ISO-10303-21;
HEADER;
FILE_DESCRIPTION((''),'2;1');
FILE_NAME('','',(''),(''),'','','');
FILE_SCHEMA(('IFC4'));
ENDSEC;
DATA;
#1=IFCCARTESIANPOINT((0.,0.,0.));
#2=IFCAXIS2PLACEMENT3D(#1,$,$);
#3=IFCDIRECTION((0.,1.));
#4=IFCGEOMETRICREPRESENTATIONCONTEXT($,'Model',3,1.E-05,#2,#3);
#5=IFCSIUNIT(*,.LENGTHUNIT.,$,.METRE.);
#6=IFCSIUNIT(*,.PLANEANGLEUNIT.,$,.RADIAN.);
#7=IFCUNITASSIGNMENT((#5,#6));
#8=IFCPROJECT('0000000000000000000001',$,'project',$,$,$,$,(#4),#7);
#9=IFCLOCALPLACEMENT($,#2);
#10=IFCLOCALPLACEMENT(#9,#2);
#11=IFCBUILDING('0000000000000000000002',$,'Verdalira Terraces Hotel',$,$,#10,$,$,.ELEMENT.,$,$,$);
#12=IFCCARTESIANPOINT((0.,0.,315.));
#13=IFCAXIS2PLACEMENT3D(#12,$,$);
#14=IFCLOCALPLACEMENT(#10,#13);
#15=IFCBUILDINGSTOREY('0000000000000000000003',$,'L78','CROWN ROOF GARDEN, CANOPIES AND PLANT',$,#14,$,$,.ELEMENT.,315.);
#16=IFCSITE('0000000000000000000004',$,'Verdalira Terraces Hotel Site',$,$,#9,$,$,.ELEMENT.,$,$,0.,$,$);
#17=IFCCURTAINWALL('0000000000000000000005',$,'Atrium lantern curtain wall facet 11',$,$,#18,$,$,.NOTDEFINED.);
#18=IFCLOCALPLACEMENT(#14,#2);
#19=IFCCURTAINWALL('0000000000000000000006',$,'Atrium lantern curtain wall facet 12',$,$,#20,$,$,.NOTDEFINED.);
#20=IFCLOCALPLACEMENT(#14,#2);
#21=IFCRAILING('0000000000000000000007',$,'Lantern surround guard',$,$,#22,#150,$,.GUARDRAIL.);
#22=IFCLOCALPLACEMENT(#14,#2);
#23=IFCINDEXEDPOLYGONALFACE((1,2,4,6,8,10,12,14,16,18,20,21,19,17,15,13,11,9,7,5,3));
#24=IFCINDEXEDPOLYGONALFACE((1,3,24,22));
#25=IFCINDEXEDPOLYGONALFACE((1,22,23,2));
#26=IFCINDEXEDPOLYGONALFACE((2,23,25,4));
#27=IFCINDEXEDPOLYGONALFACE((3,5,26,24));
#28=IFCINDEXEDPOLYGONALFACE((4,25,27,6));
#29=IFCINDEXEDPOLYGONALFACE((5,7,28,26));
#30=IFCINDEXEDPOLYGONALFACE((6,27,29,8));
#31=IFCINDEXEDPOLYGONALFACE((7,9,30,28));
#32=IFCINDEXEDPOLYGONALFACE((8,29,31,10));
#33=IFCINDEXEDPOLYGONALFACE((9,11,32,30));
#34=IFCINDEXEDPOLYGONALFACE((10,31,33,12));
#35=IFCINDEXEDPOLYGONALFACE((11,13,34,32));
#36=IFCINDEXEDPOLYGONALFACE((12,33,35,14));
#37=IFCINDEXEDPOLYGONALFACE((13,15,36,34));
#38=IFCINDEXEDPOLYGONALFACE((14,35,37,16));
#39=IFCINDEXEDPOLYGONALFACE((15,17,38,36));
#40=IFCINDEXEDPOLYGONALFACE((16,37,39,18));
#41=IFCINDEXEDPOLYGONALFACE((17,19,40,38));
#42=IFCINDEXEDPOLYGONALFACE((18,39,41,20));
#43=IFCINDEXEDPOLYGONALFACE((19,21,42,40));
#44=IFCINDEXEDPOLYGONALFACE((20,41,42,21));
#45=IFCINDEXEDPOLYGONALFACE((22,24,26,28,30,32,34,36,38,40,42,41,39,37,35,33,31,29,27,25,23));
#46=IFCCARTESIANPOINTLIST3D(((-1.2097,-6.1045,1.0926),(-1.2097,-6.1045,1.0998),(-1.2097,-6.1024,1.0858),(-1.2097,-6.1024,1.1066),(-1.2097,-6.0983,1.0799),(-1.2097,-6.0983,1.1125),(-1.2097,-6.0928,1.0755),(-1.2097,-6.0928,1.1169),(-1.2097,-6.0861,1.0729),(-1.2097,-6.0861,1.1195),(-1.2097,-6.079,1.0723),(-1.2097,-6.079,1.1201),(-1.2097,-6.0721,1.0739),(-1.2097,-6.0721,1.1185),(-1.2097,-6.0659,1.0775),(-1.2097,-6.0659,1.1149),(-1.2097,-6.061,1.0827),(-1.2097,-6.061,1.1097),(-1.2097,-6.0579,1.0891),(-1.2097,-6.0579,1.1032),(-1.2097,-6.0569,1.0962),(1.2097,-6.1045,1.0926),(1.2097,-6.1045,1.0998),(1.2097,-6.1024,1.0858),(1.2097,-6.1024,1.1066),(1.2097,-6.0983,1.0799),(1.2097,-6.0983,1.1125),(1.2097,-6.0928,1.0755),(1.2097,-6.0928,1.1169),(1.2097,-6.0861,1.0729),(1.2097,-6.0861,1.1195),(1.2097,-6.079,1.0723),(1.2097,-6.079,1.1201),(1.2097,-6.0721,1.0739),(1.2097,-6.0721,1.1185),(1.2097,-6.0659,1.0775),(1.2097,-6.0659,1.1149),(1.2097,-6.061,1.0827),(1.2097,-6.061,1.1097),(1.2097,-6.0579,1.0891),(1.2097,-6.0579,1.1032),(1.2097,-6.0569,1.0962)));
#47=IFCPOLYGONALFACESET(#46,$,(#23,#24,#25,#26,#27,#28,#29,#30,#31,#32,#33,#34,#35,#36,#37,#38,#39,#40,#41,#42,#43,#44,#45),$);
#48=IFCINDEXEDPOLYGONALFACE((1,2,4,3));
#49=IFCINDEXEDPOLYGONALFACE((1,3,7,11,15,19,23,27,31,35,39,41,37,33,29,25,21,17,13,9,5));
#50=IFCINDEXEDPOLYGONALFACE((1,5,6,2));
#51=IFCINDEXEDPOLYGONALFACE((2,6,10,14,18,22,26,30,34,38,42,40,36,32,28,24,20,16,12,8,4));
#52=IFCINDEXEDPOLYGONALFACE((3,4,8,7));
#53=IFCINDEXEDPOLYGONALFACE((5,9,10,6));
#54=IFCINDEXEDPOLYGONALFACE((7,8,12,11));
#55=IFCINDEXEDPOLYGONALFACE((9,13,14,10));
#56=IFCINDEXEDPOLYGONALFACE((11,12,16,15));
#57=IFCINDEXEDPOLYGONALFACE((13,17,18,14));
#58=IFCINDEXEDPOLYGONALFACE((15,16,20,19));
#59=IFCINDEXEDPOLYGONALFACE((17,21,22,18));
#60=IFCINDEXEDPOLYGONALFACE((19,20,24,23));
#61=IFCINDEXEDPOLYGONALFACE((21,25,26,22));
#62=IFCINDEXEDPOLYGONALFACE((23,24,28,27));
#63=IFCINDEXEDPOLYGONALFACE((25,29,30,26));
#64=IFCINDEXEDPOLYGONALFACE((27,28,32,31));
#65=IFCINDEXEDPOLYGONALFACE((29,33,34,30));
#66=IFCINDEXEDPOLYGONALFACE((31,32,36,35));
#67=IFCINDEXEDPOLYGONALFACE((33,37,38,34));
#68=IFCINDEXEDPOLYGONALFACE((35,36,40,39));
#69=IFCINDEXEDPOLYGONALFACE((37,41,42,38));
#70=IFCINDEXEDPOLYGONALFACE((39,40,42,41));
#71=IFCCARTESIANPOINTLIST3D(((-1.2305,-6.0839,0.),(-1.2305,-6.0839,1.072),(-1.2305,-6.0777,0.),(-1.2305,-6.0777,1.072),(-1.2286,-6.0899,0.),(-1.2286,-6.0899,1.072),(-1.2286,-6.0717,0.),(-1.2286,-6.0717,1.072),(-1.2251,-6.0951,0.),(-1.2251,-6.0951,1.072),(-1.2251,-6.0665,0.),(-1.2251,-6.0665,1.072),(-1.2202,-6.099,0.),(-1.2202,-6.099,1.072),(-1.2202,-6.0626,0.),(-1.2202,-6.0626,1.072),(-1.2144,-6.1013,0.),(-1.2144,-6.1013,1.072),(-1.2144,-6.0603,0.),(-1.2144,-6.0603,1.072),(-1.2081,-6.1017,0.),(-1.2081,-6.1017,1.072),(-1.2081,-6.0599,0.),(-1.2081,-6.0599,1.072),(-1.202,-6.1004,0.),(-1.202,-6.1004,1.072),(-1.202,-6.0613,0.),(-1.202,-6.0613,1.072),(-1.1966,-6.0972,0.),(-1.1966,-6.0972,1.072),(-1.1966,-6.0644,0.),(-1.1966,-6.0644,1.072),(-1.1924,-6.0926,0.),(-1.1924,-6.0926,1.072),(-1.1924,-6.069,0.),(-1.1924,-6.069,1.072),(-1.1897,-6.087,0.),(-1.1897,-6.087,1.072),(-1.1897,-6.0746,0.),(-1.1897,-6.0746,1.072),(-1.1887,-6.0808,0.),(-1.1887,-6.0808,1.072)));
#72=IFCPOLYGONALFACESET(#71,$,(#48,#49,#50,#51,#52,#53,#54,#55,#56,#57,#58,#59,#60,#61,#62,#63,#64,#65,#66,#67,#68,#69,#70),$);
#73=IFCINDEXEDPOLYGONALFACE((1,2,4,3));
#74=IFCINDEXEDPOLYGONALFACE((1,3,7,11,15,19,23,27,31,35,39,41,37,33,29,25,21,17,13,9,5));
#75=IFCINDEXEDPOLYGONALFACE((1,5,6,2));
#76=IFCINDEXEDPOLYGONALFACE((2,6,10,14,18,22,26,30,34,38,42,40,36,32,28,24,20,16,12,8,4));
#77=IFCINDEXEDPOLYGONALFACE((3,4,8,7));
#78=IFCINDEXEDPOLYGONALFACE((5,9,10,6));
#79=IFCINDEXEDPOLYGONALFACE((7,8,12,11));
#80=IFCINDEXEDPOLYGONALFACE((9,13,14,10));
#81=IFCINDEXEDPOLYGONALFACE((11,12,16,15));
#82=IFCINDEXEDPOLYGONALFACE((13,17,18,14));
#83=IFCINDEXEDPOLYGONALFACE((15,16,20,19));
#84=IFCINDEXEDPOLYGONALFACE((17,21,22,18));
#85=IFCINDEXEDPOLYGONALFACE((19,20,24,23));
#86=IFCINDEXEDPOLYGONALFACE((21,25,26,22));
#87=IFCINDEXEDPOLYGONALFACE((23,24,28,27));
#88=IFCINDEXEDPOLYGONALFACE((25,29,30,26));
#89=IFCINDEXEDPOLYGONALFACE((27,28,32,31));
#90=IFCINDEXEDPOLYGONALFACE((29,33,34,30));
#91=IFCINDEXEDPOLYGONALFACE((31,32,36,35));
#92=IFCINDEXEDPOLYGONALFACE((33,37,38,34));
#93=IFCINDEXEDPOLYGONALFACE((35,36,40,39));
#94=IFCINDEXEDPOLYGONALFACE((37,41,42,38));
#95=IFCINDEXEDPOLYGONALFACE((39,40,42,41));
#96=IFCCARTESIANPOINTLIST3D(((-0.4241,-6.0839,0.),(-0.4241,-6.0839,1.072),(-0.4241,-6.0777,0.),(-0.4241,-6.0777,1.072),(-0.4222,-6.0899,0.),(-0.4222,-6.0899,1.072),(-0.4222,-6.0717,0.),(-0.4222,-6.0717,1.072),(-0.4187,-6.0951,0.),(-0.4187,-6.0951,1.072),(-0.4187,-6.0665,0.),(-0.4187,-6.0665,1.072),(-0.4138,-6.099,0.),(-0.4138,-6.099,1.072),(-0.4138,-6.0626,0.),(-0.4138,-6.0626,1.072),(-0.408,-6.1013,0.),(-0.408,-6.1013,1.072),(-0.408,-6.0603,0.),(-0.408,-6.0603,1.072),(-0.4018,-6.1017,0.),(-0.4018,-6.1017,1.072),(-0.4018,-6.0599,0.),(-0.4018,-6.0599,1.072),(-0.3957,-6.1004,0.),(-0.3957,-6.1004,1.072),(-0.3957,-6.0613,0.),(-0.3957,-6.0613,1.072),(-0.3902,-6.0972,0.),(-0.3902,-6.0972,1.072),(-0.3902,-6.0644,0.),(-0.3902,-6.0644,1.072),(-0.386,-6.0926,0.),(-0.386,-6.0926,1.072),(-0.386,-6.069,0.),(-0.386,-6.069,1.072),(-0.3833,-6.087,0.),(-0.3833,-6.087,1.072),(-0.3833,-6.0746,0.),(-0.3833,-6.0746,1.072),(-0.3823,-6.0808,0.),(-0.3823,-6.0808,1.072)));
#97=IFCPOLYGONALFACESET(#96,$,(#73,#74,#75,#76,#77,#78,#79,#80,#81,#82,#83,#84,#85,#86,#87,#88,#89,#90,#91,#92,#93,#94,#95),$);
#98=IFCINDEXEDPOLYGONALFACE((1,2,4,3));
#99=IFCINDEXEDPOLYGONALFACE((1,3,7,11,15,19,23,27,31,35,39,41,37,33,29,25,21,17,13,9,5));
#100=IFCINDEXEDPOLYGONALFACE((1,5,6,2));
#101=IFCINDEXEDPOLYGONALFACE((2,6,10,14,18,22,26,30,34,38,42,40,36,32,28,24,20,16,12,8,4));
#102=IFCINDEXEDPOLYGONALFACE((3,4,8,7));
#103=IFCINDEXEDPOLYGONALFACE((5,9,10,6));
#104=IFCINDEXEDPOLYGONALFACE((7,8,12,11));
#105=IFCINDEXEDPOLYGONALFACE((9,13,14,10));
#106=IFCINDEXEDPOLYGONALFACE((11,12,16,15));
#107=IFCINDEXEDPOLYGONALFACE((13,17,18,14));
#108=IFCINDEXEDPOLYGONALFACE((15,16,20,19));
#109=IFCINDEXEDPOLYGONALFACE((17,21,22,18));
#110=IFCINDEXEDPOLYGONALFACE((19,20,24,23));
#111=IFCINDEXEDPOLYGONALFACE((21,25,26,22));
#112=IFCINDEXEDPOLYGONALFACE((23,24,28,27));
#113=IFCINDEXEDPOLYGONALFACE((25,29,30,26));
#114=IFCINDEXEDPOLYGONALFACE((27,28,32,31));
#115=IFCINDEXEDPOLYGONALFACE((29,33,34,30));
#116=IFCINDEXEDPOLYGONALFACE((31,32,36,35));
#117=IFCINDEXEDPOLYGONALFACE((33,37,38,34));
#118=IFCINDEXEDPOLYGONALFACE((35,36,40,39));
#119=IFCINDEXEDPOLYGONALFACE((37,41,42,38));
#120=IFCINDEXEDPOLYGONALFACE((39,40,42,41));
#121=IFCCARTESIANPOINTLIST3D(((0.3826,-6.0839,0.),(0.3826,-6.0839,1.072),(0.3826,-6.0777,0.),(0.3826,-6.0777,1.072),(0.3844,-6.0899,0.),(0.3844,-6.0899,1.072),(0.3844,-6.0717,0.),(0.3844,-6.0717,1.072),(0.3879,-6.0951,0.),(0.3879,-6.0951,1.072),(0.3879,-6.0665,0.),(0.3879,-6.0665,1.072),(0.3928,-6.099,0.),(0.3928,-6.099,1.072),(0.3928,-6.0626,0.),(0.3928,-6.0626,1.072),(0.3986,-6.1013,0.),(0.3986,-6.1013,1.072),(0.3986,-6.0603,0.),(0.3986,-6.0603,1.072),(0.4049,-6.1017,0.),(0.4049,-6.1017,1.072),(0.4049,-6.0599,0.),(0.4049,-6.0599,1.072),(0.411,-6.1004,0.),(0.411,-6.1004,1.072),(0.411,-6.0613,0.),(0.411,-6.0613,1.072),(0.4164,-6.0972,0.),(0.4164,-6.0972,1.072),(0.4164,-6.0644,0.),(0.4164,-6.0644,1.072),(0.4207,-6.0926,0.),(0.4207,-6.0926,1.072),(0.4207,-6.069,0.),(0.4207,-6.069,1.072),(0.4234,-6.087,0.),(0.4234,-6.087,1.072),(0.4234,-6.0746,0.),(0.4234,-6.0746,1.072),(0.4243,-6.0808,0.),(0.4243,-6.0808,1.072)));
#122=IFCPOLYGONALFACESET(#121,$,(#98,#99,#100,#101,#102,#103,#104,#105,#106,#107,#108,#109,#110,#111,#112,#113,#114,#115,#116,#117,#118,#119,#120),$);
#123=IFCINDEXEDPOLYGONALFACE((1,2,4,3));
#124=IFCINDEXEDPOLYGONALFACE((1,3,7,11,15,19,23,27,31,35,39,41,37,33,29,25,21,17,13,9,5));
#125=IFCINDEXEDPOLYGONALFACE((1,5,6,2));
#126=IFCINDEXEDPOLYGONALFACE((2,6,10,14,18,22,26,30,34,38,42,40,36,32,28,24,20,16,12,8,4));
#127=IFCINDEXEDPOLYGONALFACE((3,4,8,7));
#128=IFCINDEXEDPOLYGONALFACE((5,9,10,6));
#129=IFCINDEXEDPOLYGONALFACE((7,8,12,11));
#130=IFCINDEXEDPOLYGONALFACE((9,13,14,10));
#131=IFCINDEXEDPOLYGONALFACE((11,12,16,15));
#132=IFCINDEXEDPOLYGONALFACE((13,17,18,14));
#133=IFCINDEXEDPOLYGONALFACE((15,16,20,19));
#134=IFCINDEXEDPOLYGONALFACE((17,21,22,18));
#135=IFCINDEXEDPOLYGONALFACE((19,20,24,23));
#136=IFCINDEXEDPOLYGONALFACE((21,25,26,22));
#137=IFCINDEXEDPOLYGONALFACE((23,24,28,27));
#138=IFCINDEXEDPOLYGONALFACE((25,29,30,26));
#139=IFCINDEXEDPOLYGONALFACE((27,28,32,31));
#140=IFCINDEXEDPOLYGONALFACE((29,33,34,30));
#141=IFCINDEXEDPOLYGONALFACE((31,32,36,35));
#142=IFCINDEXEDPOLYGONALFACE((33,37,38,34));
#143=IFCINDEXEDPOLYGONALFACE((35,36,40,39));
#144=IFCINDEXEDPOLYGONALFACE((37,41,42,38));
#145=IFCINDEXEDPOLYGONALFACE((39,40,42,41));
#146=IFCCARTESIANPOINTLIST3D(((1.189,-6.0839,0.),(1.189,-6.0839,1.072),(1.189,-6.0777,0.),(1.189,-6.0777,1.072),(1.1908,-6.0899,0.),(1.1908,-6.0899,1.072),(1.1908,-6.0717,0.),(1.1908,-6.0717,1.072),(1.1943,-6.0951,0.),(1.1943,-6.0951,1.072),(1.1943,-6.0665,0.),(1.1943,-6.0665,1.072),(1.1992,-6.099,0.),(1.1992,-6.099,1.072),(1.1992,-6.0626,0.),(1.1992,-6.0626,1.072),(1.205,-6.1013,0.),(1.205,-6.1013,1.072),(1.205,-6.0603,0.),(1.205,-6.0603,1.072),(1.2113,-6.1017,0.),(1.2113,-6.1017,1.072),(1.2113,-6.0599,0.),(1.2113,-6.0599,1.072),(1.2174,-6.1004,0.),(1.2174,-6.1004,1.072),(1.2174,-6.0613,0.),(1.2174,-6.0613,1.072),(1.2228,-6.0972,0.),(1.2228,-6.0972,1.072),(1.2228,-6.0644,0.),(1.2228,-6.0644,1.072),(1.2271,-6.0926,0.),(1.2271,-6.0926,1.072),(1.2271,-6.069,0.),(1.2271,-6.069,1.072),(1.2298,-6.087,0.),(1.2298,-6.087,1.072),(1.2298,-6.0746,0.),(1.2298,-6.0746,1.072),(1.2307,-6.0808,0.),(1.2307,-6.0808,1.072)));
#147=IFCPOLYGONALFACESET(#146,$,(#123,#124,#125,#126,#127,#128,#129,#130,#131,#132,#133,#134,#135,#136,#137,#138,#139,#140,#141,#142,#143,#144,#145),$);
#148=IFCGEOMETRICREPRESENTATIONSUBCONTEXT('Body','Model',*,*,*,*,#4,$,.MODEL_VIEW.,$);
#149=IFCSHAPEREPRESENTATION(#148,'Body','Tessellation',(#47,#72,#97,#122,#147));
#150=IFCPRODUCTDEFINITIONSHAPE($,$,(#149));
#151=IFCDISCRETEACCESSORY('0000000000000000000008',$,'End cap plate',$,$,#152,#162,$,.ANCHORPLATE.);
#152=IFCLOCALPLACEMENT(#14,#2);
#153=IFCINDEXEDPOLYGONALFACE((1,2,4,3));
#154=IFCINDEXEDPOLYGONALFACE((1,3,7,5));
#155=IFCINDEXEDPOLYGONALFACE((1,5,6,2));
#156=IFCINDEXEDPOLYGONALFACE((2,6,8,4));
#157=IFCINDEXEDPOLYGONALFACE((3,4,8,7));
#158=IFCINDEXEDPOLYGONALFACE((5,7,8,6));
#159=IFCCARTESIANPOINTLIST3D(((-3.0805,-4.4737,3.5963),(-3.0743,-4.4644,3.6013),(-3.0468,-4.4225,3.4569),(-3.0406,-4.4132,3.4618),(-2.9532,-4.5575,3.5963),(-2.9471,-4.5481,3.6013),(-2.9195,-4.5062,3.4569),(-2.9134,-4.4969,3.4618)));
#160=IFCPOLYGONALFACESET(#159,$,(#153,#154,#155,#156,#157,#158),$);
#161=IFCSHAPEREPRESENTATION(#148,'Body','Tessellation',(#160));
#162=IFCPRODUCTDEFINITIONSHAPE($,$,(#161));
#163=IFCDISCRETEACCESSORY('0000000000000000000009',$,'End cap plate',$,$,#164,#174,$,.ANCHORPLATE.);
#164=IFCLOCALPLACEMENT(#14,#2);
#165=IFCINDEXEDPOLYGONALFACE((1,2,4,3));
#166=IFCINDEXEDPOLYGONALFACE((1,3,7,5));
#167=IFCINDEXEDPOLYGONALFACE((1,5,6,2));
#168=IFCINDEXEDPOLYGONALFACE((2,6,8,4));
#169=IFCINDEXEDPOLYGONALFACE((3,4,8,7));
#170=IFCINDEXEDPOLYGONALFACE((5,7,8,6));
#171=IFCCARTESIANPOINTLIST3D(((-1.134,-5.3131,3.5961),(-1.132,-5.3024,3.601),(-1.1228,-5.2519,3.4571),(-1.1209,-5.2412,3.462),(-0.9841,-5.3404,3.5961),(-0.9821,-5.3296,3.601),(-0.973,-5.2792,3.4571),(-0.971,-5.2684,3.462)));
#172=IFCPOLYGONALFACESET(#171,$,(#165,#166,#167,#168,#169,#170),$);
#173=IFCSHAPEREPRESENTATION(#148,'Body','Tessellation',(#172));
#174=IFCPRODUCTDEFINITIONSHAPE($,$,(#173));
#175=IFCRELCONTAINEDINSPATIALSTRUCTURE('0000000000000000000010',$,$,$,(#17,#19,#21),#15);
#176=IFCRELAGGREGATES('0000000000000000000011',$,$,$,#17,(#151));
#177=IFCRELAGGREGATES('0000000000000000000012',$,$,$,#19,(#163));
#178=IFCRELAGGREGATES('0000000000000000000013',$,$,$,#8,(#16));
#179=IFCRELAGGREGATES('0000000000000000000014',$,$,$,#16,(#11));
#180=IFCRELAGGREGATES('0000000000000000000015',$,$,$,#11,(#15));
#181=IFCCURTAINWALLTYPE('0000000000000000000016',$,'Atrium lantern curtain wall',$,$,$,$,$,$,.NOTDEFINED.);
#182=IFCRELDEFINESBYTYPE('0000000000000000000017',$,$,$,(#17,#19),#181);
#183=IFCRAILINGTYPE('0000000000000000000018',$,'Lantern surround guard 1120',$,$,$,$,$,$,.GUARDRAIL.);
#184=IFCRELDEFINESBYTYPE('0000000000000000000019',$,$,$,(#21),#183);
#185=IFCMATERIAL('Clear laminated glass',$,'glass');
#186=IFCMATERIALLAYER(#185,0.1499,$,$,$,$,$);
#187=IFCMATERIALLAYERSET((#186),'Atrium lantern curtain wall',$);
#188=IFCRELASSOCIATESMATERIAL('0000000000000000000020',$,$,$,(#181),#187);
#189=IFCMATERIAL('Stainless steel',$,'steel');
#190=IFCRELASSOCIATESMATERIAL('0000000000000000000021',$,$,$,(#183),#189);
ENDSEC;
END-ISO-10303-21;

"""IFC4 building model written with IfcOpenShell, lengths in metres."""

from ifc_helpers import new_model, si_unit, direction, frame, origin, origin_2d, place, context, subcontext, project, spatial, rectangle, circle, extrude, material, layer, layer_set, type_object, element, aggregate, save


model = new_model("IFC4")

# Units and contexts
model_context = context("Model", 3, precision=1e-05, world=origin(), true_north=direction((0.0, 1.0)))
body_context = subcontext(model_context, "Body", "Model", "MODEL_VIEW")
ifc_project = project(units=[si_unit("LENGTHUNIT", "METRE"), si_unit("PLANEANGLEUNIT", "RADIAN")], contexts=[model_context])

# Site, building, storey
site_placement = place(None, origin())
site = spatial("IfcSite", under=ifc_project, at=site_placement, Name="Verdalira Terraces Hotel Site", CompositionType="ELEMENT", RefElevation=0.0)
building_placement = place(site_placement, origin())
building = spatial("IfcBuilding", under=site, at=building_placement, Name="Verdalira Terraces Hotel", CompositionType="ELEMENT")
storey_placement = place(building_placement, frame((0.0, 0.0, 315.0)))
storey = spatial("IfcBuildingStorey", under=building, at=storey_placement, Name="L78", Description="CROWN ROOF GARDEN, CANOPIES AND PLANT", CompositionType="ELEMENT", Elevation=315.0)

# Curtain walls
ifc_material_1 = material(Name="Clear laminated glass", Category="glass")
ifc_layer_1 = layer(ifc_material_1, 0.1499)
ifc_layer_set_1 = layer_set([ifc_layer_1], Name="Atrium lantern curtain wall")
curtain_wall_type = type_object("IfcCurtainWallType", Name="Atrium lantern curtain wall", PredefinedType="NOTDEFINED", material=ifc_layer_set_1)
curtain_wall_1_placement = place(storey_placement, origin())
curtain_wall_1 = element("IfcCurtainWall", 1, at=curtain_wall_1_placement, inside=storey, type_object=curtain_wall_type, Name="Atrium lantern curtain wall facet 11", PredefinedType="NOTDEFINED")
curtain_wall_2_placement = place(storey_placement, origin())
curtain_wall_2 = element("IfcCurtainWall", 2, at=curtain_wall_2_placement, inside=storey, type_object=curtain_wall_type, Name="Atrium lantern curtain wall facet 12", PredefinedType="NOTDEFINED")

# Railing
ifc_material_2 = material(Name="Stainless steel", Category="steel")
railing_type = type_object("IfcRailingType", Name="Lantern surround guard 1120", PredefinedType="GUARDRAIL", material=ifc_material_2)
railing_1_placement = place(storey_placement, frame((-1.2097, -6.0808, 0.0)))
element("IfcRailing", 3, at=railing_1_placement, inside=storey, type_object=railing_type, Name="Lantern surround guard", PredefinedType="GUARDRAIL", context=body_context, shape_type="SweptSolid", body=[
    extrude(circle(Radius=0.0239, at=origin_2d()), frame((0.0, 0.0, 1.0962), z_axis=(1.0, 0.0, 0.0), x_axis=(0.0, 1.0, 0.0)), (0.0, 0.0, 1.0), 2.4194),
    extrude(circle(Radius=0.021, at=origin_2d()), origin(), (0.0, 0.0, 1.0), 1.072),
    extrude(circle(Radius=0.021, at=origin_2d()), frame((0.8064, 0.0, 0.0)), (0.0, 0.0, 1.0), 1.072),
    extrude(circle(Radius=0.021, at=origin_2d()), frame((1.613, 0.0, 0.0)), (0.0, 0.0, 1.0), 1.072),
    extrude(circle(Radius=0.021, at=origin_2d()), frame((2.4194, 0.0, 0.0)), (0.0, 0.0, 1.0), 1.072),
])

# Discrete accessories
discrete_accessory_1_placement = place(storey_placement, frame((-3.0, -4.49, 3.5266), z_axis=(0.503129, 0.764756, 0.402503), x_axis=(-0.835417, 0.549617, 0.0)))
discrete_accessory_1 = element("IfcDiscreteAccessory", 4, at=discrete_accessory_1_placement, Name="End cap plate", PredefinedType="ANCHORPLATE", context=body_context, shape_type="SweptSolid", body=[
    extrude(rectangle(XDim=0.1523, YDim=0.1523, at=origin_2d()), origin(), (0.0, 0.0, 1.0), 0.0122),
])
aggregate(curtain_wall_1, [discrete_accessory_1])
discrete_accessory_2_placement = place(storey_placement, frame((-1.0535, -5.2961, 3.5266), z_axis=(0.163299, 0.898146, 0.408248), x_axis=(-0.98387, 0.178885, 0.0)))
discrete_accessory_2 = element("IfcDiscreteAccessory", 5, at=discrete_accessory_2_placement, Name="End cap plate", PredefinedType="ANCHORPLATE", context=body_context, shape_type="SweptSolid", body=[
    extrude(rectangle(XDim=0.1523, YDim=0.1523, at=origin_2d()), origin(), (0.0, 0.0, 1.0), 0.012),
])
aggregate(curtain_wall_2, [discrete_accessory_2])

save(model, "model.ifc")
